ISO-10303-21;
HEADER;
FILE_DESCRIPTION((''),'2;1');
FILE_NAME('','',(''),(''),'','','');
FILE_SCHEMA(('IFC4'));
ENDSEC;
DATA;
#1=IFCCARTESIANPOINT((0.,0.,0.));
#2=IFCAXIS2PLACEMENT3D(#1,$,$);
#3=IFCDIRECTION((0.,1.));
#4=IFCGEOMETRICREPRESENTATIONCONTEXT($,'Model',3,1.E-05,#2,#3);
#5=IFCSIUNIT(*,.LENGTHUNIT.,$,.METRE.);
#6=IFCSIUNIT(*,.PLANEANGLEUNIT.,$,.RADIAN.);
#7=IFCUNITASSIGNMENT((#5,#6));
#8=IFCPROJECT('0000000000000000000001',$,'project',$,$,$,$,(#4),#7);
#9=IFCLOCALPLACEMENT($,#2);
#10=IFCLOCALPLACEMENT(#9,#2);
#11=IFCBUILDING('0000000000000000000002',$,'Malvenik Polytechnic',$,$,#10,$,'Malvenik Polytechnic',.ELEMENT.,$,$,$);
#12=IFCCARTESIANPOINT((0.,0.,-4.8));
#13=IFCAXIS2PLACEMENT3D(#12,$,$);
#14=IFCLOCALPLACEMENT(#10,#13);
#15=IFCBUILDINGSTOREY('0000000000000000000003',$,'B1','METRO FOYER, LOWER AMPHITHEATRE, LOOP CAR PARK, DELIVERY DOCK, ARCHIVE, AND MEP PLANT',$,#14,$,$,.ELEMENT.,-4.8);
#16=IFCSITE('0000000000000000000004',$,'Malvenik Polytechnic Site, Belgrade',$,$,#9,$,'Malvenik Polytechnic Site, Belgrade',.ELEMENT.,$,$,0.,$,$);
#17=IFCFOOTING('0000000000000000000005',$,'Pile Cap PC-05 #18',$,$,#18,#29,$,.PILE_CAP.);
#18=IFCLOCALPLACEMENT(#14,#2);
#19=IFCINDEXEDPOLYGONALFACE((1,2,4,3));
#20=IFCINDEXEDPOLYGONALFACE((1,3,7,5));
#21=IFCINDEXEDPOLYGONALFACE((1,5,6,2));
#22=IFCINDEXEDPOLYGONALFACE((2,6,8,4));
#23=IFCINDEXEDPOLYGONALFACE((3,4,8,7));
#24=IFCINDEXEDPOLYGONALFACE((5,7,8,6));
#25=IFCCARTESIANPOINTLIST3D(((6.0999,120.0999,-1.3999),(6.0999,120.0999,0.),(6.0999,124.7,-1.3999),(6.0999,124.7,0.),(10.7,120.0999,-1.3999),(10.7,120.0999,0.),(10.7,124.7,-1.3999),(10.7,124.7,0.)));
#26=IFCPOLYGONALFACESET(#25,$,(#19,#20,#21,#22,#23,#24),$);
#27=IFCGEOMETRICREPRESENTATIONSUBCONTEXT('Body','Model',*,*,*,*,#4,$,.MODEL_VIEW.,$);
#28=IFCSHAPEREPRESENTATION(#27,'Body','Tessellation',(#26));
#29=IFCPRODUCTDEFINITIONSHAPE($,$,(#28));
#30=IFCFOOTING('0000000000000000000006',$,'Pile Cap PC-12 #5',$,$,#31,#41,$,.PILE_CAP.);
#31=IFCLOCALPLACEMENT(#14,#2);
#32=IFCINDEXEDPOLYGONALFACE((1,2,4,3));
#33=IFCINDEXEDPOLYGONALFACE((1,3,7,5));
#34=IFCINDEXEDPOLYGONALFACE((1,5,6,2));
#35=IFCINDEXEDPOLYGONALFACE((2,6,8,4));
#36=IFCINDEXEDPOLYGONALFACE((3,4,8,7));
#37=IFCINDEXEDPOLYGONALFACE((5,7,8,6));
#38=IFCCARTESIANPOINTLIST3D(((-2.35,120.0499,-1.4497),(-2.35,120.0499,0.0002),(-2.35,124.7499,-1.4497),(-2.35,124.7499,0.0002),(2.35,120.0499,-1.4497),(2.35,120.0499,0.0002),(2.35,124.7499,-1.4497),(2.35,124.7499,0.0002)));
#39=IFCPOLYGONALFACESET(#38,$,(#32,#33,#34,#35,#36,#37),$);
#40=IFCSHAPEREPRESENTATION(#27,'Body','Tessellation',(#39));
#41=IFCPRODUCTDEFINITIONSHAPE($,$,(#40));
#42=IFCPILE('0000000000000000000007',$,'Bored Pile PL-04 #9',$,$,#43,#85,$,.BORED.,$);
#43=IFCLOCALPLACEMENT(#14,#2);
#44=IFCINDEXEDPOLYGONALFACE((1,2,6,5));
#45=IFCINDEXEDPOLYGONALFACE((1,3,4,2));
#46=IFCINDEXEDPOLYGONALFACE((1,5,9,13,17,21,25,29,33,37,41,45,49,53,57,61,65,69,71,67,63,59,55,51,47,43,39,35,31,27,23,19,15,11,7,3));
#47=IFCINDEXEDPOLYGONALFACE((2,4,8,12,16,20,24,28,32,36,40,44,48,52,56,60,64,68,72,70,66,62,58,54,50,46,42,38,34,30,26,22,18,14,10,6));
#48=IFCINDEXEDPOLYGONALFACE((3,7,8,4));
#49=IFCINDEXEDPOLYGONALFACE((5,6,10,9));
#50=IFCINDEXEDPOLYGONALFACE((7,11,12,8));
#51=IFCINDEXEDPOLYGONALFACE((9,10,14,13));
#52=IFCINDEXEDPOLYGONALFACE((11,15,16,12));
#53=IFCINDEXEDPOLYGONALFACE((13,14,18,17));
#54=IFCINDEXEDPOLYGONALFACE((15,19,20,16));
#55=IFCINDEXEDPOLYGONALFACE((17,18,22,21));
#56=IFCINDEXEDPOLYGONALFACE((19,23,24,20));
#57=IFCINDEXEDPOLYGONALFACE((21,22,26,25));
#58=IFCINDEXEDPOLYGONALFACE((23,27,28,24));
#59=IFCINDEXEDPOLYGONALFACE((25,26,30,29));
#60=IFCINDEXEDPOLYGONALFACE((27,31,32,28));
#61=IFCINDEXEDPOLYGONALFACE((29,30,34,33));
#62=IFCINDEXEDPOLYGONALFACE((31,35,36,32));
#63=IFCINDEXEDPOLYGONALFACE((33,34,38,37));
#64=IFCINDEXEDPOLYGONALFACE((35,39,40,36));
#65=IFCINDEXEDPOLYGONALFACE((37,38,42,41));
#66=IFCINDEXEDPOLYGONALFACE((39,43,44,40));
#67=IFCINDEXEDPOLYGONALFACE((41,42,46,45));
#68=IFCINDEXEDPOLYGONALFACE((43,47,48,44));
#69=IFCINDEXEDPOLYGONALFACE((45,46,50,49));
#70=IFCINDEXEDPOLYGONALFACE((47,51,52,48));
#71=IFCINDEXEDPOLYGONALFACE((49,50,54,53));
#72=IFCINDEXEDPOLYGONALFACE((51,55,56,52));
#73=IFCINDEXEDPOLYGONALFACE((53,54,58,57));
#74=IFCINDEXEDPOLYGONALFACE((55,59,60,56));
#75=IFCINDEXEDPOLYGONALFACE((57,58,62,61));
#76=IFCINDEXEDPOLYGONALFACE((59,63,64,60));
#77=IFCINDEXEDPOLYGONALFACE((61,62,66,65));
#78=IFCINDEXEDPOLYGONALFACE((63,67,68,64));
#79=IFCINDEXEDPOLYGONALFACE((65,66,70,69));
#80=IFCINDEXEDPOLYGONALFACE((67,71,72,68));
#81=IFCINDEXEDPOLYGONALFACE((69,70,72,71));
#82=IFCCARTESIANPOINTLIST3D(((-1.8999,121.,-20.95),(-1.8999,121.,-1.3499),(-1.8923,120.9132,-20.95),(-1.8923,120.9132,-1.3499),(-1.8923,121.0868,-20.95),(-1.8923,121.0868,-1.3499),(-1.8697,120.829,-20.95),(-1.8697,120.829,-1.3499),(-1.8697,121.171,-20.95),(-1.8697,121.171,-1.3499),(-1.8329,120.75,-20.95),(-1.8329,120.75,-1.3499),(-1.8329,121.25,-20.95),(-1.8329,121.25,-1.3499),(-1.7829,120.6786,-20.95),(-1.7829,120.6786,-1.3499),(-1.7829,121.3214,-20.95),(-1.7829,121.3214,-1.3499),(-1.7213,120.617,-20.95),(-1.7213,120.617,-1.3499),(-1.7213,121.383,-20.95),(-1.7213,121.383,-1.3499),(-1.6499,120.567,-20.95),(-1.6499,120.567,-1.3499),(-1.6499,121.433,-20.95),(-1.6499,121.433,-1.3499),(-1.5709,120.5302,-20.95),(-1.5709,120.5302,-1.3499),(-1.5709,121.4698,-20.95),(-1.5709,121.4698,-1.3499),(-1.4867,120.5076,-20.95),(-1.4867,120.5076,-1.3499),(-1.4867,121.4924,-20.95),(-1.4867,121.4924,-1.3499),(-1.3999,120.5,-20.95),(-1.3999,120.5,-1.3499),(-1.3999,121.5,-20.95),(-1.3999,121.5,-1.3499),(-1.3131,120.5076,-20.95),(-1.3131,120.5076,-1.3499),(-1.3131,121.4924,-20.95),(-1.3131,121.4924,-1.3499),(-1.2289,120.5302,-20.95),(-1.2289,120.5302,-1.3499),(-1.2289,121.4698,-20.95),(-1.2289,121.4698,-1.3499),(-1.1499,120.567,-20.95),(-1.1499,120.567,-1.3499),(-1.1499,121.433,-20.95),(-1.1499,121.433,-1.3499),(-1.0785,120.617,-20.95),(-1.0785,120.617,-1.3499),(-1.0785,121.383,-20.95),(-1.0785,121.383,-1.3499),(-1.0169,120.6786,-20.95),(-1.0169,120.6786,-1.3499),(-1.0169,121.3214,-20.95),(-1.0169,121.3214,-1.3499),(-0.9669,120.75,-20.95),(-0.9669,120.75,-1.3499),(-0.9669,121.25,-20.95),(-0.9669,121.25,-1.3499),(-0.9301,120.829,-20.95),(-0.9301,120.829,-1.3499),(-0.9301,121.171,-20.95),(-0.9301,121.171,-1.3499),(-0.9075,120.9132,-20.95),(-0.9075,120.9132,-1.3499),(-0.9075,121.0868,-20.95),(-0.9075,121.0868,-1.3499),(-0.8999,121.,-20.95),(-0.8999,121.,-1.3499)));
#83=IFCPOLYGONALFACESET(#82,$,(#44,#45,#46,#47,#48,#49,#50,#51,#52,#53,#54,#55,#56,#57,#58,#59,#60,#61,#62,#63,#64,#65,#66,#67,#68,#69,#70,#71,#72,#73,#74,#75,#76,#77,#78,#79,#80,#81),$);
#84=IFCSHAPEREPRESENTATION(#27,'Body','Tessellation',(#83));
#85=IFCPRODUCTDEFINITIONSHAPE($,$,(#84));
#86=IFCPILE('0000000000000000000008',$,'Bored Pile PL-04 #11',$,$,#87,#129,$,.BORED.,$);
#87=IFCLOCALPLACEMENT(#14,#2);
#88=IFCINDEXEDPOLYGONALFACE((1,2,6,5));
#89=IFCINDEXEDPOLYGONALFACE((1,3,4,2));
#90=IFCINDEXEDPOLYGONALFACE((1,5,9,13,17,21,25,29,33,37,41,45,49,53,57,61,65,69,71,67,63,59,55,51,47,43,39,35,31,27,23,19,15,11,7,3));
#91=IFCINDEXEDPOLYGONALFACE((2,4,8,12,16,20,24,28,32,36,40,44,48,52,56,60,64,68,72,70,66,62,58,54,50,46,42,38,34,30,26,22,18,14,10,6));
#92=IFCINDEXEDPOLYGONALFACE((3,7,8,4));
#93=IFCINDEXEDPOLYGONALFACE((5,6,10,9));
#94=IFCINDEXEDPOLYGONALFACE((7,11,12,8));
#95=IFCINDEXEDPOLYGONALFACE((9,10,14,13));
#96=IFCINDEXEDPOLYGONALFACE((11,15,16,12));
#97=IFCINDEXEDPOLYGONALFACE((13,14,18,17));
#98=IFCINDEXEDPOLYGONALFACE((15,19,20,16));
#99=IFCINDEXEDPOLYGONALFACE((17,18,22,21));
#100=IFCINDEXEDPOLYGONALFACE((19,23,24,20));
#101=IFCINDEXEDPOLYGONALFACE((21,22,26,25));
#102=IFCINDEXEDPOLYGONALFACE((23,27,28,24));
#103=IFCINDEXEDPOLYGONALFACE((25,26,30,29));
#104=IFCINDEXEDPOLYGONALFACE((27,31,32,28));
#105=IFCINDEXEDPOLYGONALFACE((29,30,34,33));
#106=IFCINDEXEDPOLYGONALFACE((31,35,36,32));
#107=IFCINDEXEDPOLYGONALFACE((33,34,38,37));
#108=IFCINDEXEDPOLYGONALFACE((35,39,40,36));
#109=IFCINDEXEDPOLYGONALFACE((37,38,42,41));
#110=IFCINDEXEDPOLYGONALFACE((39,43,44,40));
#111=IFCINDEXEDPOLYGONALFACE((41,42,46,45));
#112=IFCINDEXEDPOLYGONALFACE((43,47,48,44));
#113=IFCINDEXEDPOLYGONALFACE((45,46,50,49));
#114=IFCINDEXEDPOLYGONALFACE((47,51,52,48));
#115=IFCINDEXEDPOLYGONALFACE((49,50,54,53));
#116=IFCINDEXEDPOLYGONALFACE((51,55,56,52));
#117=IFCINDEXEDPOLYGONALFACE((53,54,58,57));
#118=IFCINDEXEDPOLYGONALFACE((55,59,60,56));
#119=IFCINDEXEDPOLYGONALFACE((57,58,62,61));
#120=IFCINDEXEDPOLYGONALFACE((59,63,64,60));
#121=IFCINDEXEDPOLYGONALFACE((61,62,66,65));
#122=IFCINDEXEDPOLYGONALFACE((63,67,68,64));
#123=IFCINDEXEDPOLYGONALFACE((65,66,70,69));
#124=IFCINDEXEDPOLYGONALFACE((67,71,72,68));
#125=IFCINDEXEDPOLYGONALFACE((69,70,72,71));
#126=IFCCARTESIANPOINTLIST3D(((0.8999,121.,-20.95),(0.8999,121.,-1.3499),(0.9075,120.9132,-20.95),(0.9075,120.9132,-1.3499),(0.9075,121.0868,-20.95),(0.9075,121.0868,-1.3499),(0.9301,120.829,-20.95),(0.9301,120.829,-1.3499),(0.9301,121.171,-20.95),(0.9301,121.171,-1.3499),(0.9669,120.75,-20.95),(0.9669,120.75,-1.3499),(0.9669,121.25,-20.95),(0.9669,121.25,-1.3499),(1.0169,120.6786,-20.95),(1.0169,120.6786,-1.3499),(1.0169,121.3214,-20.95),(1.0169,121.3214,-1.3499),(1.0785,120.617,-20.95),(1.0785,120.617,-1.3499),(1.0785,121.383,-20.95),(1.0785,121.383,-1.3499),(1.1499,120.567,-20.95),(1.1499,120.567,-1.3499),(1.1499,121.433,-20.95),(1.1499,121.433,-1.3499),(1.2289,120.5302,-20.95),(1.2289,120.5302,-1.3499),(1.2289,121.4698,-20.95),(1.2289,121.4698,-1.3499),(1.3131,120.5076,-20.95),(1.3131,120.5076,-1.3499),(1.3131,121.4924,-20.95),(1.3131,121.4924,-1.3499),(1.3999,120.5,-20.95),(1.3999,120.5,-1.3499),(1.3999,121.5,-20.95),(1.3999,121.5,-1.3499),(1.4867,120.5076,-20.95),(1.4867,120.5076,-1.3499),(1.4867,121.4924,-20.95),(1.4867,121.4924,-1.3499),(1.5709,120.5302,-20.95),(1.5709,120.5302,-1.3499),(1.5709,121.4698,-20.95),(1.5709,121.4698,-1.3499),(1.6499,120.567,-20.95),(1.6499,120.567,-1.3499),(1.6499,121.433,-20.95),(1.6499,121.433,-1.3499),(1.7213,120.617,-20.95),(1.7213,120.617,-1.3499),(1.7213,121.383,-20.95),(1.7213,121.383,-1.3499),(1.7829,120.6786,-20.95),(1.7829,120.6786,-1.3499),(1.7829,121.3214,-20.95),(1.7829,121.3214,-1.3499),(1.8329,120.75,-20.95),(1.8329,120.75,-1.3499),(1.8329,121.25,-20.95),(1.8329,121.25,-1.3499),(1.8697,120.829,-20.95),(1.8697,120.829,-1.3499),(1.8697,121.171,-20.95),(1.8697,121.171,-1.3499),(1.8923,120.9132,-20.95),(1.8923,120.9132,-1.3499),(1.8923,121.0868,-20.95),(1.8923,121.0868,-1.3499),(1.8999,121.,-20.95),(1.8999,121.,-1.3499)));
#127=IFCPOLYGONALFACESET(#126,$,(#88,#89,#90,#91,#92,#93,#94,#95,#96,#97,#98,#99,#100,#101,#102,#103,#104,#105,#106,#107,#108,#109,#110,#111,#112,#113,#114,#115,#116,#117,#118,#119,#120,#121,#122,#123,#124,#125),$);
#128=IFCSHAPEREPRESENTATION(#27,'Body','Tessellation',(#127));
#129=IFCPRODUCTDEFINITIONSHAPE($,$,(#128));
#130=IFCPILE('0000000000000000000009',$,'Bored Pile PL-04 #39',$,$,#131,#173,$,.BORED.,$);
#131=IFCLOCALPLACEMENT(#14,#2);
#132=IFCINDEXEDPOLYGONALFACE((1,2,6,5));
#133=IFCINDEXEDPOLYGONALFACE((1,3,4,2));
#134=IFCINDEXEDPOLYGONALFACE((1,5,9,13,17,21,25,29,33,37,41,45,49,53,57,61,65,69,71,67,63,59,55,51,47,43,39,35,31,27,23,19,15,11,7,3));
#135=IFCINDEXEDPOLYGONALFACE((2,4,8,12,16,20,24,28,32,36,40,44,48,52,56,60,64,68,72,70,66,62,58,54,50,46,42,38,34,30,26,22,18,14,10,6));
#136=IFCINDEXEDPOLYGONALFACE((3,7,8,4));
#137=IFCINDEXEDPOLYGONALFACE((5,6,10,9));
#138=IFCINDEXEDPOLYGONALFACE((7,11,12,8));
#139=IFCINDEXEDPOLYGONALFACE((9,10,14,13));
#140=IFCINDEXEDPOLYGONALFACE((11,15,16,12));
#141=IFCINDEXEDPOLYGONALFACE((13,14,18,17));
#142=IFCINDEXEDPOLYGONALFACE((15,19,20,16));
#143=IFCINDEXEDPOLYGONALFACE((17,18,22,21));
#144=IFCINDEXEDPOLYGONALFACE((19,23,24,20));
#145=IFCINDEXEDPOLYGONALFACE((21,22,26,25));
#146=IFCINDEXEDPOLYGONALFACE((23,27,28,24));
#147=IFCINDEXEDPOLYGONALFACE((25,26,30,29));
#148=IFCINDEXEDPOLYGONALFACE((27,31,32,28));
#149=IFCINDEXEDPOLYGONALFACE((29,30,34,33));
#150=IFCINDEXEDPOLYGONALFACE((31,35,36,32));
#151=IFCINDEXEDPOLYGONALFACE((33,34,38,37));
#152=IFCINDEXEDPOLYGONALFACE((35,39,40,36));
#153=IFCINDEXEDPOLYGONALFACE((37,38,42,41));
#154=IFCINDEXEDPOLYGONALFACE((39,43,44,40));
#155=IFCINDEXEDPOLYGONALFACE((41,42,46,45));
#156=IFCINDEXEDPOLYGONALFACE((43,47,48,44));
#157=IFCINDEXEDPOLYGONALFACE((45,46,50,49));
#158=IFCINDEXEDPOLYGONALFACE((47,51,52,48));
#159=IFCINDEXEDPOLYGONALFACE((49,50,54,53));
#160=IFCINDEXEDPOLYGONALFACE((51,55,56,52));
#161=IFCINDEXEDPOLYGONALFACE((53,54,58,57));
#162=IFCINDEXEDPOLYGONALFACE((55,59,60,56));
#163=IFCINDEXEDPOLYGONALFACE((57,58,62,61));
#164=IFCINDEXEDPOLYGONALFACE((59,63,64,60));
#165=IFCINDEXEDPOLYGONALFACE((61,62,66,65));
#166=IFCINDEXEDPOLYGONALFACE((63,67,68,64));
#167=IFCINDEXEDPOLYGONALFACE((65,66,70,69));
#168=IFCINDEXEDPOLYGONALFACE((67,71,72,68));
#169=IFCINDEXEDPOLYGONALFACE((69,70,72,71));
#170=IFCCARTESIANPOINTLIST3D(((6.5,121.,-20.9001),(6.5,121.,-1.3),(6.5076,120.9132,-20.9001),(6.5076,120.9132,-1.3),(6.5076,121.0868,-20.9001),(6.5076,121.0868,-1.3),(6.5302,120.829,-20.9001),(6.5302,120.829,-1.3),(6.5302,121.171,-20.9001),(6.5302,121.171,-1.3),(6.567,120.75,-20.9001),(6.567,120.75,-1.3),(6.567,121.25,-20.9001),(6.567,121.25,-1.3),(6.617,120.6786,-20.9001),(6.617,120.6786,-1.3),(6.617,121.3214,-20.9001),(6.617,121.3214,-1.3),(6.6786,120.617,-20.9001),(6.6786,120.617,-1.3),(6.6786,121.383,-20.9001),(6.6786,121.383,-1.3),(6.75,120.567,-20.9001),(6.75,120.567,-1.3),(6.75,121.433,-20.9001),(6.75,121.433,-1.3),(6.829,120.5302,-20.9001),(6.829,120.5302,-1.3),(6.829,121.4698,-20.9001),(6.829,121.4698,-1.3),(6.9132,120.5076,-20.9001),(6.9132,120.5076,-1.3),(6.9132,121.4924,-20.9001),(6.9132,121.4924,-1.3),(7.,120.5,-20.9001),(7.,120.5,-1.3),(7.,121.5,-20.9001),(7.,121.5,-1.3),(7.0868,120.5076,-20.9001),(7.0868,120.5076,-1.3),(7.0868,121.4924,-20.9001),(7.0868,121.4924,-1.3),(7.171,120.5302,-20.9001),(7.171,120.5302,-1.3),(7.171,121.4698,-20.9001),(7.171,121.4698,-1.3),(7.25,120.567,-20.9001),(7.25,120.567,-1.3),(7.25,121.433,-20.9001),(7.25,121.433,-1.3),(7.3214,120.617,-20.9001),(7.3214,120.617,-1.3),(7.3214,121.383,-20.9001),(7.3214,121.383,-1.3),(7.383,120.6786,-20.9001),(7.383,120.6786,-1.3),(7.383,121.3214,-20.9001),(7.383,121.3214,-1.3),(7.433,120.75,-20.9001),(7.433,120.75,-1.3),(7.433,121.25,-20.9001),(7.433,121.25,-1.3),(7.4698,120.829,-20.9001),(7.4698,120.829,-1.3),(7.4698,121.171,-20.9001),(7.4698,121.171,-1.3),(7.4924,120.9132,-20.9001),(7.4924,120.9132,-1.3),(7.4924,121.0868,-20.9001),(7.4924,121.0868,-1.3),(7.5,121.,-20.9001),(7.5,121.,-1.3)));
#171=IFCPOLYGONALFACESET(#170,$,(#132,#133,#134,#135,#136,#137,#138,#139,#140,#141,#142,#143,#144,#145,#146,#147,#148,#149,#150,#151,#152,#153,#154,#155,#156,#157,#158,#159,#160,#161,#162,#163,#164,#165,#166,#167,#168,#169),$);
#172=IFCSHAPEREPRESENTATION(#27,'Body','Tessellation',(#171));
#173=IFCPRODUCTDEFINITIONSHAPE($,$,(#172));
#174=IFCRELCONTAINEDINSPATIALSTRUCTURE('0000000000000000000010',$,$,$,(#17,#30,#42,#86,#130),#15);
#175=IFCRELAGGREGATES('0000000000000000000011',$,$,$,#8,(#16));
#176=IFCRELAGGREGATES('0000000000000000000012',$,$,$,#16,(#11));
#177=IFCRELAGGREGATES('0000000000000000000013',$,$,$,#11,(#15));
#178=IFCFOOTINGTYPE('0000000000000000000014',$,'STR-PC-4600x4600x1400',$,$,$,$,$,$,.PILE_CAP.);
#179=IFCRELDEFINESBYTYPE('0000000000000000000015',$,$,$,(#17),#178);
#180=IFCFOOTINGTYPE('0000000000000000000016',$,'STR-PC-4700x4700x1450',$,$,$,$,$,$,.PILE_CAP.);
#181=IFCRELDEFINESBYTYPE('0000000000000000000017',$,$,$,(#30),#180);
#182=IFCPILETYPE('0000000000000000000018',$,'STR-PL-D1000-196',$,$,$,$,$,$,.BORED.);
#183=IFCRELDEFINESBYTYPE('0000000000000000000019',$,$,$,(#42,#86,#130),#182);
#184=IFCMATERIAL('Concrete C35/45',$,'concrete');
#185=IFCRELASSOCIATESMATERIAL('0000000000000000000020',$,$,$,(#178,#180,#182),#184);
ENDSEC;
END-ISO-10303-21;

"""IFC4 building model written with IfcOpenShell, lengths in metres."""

from ifc_helpers import new_model, si_unit, direction, frame, origin, origin_2d, place, context, subcontext, project, spatial, rectangle, circle, extrude, material, material_profile, profile_set, type_object, element, save


model = new_model("IFC4")

# Units and contexts
model_context = context("Model", 3, precision=1e-05, world=origin(), true_north=direction((0.0, 1.0)))
body_context = subcontext(model_context, "Body", "Model", "MODEL_VIEW")
ifc_project = project(units=[si_unit("LENGTHUNIT", "METRE"), si_unit("PLANEANGLEUNIT", "RADIAN")], contexts=[model_context])

# Site, building, storey
site_placement = place(None, origin())
site = spatial("IfcSite", under=ifc_project, at=site_placement, Name="Malvenik Polytechnic Site, Belgrade", LongName="Malvenik Polytechnic Site, Belgrade", CompositionType="ELEMENT", RefElevation=0.0)
building_placement = place(site_placement, origin())
building = spatial("IfcBuilding", under=site, at=building_placement, Name="Malvenik Polytechnic", LongName="Malvenik Polytechnic", CompositionType="ELEMENT")
storey_placement = place(building_placement, frame((0.0, 0.0, -4.8)))
storey = spatial("IfcBuildingStorey", under=building, at=storey_placement, Name="B1", Description="METRO FOYER, LOWER AMPHITHEATRE, LOOP CAR PARK, DELIVERY DOCK, ARCHIVE, AND MEP PLANT", CompositionType="ELEMENT", Elevation=-4.8)

# Footings
ifc_material_1 = material(Name="Concrete C35/45", Category="concrete")
footing_type_1 = type_object("IfcFootingType", Name="STR-PC-4600x4600x1400", PredefinedType="PILE_CAP", material=ifc_material_1)
footing_1_placement = place(storey_placement, frame((8.3999, 122.3999, -1.3999), z_axis=(0.0, 0.0, 1.0), x_axis=(1.0, 0.0, 0.0)))
element("IfcFooting", 1, at=footing_1_placement, inside=storey, type_object=footing_type_1, Name="Pile Cap PC-05 #18", PredefinedType="PILE_CAP", context=body_context, shape_type="SweptSolid", body=[
    extrude(rectangle(XDim=4.6001, YDim=4.6001, at=origin_2d()), origin(), (0.0, 0.0, 1.0), 1.3999),
])
footing_type_2 = type_object("IfcFootingType", Name="STR-PC-4700x4700x1450", PredefinedType="PILE_CAP", material=ifc_material_1)
footing_2_placement = place(storey_placement, frame((0.0, 122.3999, -1.4497), z_axis=(0.0, 0.0, 1.0), x_axis=(1.0, 0.0, 0.0)))
element("IfcFooting", 2, at=footing_2_placement, inside=storey, type_object=footing_type_2, Name="Pile Cap PC-12 #5", PredefinedType="PILE_CAP", context=body_context, shape_type="SweptSolid", body=[
    extrude(rectangle(XDim=4.7, YDim=4.7, at=origin_2d()), origin(), (0.0, 0.0, 1.0), 1.45),
])

# Piles
ifc_material_profile_1 = material_profile(ifc_material_1, circle(Radius=0.5, at=origin_2d()), Name="BORED PILE D1000")
ifc_profile_set_1 = profile_set([ifc_material_profile_1], Name="Concrete C35/45")
pile_type_1 = type_object("IfcPileType", Name="STR-PL-D1000-196", PredefinedType="BORED", material=ifc_profile_set_1)
for number, where, z_axis, x_axis, name in (
    (3, (-1.3999, 121.0, -1.3499), (0.0, 0.0, -1.0), (1.0, 0.0, 0.0), "Bored Pile PL-04 #9"),
    (4, (1.3999, 121.0, -1.3499), (0.0, 0.0, -1.0), (1.0, 0.0, 0.0), "Bored Pile PL-04 #11"),
    (5, (7.0, 121.0, -1.3), (0.0, 0.0, -1.0), (1.0, 0.0, 0.0), "Bored Pile PL-04 #39"),
):
    element("IfcPile", number, at=place(storey_placement, frame(where, z_axis=z_axis, x_axis=x_axis)), inside=storey, type_object=pile_type_1, Name=name, PredefinedType="BORED", context=body_context, shape_type="SweptSolid", body=[
        extrude(circle(Radius=0.5, at=origin_2d()), origin(), (0.0, 0.0, 1.0), 19.6001),
    ])

save(model, "model.ifc")
